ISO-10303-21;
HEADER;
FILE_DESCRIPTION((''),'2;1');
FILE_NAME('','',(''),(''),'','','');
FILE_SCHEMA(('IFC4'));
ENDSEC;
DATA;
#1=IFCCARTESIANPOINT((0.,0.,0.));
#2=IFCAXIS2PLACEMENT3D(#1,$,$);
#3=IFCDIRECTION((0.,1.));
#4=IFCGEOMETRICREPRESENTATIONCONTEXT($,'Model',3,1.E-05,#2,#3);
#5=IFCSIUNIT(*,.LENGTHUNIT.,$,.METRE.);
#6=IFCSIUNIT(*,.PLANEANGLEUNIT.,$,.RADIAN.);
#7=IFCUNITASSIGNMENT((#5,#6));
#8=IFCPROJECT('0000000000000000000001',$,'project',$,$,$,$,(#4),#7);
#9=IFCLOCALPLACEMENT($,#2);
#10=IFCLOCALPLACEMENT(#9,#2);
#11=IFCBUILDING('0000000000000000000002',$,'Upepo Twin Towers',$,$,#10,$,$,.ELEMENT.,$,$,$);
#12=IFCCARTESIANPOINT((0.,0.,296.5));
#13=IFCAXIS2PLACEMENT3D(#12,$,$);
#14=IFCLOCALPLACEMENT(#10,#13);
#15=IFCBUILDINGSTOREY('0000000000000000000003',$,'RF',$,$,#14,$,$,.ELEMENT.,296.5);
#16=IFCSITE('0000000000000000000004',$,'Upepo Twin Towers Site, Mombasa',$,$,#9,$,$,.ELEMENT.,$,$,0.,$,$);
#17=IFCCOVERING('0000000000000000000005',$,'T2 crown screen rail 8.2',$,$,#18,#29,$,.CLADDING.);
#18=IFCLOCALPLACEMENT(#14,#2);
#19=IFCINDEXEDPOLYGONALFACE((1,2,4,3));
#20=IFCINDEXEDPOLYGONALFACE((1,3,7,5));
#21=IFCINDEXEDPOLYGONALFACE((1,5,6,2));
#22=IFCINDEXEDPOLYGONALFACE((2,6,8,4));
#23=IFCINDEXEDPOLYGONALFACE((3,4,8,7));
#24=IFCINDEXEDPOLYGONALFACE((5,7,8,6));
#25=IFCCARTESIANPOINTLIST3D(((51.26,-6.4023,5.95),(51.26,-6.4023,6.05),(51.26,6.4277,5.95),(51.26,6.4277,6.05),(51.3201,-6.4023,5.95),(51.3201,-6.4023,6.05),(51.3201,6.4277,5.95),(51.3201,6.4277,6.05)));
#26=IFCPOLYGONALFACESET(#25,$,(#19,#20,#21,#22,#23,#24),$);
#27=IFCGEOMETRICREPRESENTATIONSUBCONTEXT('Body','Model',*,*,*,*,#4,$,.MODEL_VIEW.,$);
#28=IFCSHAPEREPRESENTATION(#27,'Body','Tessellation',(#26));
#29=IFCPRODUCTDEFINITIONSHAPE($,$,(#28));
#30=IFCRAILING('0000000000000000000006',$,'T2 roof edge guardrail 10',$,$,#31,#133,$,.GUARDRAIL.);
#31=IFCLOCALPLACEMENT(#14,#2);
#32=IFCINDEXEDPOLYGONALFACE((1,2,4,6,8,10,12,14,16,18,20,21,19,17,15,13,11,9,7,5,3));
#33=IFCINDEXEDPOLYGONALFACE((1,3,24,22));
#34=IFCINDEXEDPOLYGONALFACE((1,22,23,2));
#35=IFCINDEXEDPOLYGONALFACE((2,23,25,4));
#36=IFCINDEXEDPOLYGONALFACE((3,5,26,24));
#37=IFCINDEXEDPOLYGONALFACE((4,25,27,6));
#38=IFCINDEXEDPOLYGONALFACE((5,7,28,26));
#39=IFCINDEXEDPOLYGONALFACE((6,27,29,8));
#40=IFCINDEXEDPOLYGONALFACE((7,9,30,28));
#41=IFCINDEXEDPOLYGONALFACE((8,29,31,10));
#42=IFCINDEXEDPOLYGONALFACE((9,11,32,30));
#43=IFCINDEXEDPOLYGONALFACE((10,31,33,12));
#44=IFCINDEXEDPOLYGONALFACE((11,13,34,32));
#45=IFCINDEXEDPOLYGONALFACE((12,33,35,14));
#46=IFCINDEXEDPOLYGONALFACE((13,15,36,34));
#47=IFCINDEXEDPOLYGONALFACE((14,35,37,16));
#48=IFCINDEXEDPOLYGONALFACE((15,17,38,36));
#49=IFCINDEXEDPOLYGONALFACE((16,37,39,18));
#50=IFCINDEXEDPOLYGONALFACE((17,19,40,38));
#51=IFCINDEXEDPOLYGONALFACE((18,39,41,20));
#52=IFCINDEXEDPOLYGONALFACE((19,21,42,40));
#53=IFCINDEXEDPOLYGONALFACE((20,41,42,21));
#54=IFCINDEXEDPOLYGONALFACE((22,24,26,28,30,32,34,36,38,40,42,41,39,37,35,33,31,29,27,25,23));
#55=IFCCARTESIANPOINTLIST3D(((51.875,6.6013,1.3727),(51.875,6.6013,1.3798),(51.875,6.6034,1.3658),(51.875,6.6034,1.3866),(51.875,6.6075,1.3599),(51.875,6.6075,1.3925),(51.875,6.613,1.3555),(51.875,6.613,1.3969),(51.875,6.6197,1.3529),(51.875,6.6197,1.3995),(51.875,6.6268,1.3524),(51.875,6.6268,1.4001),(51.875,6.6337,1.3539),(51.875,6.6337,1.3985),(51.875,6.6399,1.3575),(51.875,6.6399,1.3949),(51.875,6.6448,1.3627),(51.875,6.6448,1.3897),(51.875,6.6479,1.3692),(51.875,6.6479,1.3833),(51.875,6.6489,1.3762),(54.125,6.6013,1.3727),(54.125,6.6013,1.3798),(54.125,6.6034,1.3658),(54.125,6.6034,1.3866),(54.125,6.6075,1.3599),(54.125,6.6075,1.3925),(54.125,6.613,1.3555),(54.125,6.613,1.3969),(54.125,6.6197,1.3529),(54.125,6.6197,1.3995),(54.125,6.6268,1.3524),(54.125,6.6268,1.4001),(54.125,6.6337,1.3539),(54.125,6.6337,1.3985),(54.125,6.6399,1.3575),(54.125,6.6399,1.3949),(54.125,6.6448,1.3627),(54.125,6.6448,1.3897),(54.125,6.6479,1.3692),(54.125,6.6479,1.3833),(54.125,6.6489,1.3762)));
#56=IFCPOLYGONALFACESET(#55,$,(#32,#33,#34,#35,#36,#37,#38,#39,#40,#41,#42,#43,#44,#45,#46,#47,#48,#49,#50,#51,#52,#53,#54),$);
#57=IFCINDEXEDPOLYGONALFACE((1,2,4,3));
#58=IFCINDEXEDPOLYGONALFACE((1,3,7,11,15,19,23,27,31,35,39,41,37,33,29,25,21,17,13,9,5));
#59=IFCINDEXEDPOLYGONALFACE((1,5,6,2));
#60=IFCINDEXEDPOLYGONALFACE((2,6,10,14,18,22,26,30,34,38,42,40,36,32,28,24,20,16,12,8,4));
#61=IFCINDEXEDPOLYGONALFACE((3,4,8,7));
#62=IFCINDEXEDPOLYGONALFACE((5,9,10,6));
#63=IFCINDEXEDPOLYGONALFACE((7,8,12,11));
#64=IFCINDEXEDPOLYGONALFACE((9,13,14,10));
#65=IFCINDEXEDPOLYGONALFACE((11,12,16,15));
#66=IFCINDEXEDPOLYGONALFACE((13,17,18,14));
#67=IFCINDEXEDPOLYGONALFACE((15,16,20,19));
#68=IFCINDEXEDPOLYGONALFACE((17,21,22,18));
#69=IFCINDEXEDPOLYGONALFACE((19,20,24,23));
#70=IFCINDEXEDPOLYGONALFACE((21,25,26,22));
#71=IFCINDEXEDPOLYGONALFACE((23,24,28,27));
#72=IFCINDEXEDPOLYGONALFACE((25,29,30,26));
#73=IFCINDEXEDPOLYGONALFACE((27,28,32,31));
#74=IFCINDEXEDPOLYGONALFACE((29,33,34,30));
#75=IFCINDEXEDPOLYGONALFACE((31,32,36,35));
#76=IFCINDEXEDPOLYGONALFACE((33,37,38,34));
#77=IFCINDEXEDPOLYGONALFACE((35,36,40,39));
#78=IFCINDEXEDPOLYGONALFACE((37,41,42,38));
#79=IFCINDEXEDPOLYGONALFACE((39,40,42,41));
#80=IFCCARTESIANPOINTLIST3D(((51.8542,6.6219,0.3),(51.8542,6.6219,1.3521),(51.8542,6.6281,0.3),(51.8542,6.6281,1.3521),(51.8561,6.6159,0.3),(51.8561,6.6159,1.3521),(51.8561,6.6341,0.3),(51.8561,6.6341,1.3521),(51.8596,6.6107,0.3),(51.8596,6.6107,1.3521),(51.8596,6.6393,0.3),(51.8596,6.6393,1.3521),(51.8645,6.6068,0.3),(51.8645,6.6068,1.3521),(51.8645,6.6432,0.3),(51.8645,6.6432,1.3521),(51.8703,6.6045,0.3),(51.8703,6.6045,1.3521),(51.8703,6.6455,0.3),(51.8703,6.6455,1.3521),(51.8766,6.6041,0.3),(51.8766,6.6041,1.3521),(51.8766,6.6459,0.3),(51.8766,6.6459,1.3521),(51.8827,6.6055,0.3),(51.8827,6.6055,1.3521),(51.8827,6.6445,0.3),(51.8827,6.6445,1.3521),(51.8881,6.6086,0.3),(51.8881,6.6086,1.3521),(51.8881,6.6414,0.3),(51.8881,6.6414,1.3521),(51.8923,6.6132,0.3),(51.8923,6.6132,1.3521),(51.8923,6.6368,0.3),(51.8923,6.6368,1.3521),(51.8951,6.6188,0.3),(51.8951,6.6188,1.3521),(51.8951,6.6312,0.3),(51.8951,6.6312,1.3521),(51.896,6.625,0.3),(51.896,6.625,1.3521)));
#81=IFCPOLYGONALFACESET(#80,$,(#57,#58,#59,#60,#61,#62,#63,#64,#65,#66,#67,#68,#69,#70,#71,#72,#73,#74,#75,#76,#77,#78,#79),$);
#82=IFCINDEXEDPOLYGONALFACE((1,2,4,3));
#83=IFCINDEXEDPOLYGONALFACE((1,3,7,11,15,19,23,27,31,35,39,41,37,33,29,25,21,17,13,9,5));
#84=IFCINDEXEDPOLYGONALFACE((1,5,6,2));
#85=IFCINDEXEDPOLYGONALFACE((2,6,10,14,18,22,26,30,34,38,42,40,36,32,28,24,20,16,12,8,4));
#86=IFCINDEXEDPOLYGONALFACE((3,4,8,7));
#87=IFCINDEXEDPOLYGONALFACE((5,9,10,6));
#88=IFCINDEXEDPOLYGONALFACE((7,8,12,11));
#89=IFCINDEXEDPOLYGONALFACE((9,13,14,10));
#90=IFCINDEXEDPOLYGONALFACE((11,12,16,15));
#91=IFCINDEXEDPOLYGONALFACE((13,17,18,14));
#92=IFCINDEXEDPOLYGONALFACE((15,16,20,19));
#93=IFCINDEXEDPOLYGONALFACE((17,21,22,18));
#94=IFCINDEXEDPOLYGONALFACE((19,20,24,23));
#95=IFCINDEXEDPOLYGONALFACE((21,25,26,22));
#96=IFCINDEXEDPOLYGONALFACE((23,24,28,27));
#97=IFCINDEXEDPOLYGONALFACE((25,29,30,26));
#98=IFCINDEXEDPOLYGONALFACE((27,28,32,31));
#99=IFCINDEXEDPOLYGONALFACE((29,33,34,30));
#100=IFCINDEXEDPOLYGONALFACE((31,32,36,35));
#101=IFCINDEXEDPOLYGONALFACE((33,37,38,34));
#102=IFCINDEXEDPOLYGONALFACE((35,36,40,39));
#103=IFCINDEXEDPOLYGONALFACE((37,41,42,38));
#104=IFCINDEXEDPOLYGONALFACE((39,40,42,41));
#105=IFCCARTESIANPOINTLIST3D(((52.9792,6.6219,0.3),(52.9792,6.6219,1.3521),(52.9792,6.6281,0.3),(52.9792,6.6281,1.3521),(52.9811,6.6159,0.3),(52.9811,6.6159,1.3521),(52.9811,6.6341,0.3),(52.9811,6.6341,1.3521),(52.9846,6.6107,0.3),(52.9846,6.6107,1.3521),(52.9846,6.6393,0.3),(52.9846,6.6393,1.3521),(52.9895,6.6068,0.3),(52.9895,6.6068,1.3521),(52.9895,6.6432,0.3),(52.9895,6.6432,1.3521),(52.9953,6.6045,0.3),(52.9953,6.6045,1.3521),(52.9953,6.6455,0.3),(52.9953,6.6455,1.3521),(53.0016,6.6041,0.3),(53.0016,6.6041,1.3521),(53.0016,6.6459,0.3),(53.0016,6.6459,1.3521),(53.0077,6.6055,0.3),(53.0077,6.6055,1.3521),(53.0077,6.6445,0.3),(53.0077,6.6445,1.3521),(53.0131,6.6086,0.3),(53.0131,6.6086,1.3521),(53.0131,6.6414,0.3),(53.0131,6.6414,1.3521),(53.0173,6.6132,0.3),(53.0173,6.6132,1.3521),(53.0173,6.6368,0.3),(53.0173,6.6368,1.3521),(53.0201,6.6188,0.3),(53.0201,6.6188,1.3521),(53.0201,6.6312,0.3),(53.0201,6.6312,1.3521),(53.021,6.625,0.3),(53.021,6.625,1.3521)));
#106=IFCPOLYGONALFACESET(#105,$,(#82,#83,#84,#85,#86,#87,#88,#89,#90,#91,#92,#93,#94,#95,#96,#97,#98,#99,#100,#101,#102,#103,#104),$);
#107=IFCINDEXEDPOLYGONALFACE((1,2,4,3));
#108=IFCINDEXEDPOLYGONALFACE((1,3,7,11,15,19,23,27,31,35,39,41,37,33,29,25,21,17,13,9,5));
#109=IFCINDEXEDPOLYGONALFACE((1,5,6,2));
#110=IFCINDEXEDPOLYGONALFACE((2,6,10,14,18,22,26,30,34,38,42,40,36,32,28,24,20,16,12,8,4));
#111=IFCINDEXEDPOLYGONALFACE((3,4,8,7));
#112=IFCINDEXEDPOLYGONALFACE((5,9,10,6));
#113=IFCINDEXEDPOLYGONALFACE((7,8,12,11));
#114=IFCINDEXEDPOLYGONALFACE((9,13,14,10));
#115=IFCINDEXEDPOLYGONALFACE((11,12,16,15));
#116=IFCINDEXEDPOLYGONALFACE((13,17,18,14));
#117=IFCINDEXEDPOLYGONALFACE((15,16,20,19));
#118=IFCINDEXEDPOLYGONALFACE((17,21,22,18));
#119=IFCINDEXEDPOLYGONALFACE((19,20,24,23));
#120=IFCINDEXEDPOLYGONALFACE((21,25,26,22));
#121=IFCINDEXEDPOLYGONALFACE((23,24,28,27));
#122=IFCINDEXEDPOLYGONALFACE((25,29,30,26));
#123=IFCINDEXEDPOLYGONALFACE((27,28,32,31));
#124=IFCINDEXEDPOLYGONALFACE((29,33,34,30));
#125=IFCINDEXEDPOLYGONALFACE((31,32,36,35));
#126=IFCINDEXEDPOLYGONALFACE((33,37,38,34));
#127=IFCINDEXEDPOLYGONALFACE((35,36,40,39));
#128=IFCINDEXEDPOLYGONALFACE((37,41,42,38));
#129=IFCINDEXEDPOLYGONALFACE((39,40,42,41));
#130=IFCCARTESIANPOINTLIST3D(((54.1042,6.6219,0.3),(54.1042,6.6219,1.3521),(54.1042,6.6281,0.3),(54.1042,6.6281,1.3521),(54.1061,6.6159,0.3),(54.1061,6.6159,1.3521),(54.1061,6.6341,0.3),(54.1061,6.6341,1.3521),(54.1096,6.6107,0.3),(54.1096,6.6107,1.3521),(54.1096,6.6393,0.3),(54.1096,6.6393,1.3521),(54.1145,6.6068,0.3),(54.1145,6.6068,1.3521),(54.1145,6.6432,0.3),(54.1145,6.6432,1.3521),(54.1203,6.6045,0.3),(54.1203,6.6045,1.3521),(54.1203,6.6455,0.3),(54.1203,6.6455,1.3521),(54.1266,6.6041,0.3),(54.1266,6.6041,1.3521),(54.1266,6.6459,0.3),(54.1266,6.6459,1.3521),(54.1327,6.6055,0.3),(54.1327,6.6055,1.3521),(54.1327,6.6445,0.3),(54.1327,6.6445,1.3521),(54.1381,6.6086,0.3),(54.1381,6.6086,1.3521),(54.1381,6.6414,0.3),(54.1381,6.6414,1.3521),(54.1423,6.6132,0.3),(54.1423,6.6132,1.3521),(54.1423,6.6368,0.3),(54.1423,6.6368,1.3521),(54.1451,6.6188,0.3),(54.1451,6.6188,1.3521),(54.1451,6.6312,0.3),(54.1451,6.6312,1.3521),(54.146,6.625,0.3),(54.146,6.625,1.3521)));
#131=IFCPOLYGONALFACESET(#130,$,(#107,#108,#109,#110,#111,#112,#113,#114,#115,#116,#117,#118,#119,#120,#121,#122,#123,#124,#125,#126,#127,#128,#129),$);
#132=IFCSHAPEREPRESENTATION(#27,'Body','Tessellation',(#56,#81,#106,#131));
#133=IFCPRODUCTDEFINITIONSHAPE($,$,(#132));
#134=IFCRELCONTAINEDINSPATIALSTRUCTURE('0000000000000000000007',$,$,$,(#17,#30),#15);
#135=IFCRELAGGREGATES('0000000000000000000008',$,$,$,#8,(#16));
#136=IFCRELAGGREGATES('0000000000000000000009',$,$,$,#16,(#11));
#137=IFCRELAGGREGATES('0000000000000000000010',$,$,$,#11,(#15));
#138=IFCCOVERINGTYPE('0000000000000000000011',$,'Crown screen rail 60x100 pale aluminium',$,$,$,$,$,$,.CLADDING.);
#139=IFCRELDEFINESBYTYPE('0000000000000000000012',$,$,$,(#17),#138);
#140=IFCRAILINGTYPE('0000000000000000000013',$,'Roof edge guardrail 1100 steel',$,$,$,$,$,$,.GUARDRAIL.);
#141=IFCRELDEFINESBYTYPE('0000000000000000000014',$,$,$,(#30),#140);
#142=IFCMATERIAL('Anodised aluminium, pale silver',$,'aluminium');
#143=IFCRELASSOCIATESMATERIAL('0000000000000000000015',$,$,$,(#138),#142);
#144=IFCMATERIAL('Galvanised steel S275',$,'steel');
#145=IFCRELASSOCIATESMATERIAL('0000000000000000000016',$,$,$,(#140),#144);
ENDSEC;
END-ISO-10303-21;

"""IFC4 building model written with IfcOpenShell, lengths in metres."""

from ifc_helpers import new_model, si_unit, direction, frame, origin, origin_2d, place, context, subcontext, project, spatial, rectangle, circle, extrude, material, type_object, element, save


model = new_model("IFC4")

# Units and contexts
model_context = context("Model", 3, precision=1e-05, world=origin(), true_north=direction((0.0, 1.0)))
body_context = subcontext(model_context, "Body", "Model", "MODEL_VIEW")
ifc_project = project(units=[si_unit("LENGTHUNIT", "METRE"), si_unit("PLANEANGLEUNIT", "RADIAN")], contexts=[model_context])

# Site, building, storey
site_placement = place(None, origin())
site = spatial("IfcSite", under=ifc_project, at=site_placement, Name="Upepo Twin Towers Site, Mombasa", CompositionType="ELEMENT", RefElevation=0.0)
building_placement = place(site_placement, origin())
building = spatial("IfcBuilding", under=site, at=building_placement, Name="Upepo Twin Towers", CompositionType="ELEMENT")
storey_placement = place(building_placement, frame((0.0, 0.0, 296.5)))
storey = spatial("IfcBuildingStorey", under=building, at=storey_placement, Name="RF", CompositionType="ELEMENT", Elevation=296.5)

# Covering
ifc_material_1 = material(Name="Anodised aluminium, pale silver", Category="aluminium")
covering_type_1 = type_object("IfcCoveringType", Name="Crown screen rail 60x100 pale aluminium", PredefinedType="CLADDING", material=ifc_material_1)
for number, where, z_axis, x_axis, name in (
    (1, (51.29, 0.0127, 5.95), (0.0, 0.0, 1.0), (0.0, -1.0, 0.0), "T2 crown screen rail 8.2"),
):
    element("IfcCovering", number, at=place(storey_placement, frame(where, z_axis=z_axis, x_axis=x_axis)), inside=storey, type_object=covering_type_1, Name=name, PredefinedType="CLADDING", context=body_context, shape_type="SweptSolid", body=[
        extrude(rectangle(XDim=12.8301, YDim=0.0601, at=origin_2d()), origin(), (0.0, 0.0, 1.0), 0.1001),
    ])

# Railing
ifc_material_2 = material(Name="Galvanised steel S275", Category="steel")
railing_type = type_object("IfcRailingType", Name="Roof edge guardrail 1100 steel", PredefinedType="GUARDRAIL", material=ifc_material_2)
railing_1_placement = place(storey_placement, frame((51.875, 6.625, 0.3)))
element("IfcRailing", 2, at=railing_1_placement, inside=storey, type_object=railing_type, Name="T2 roof edge guardrail 10", PredefinedType="GUARDRAIL", context=body_context, shape_type="SweptSolid", body=[
    extrude(circle(Radius=0.0239, at=origin_2d()), frame((0.0, 0.0, 1.0762), z_axis=(1.0, 0.0, 0.0), x_axis=(0.0, 1.0, 0.0)), (0.0, 0.0, 1.0), 2.25),
    extrude(circle(Radius=0.021, at=origin_2d()), origin(), (0.0, 0.0, 1.0), 1.052),
    extrude(circle(Radius=0.021, at=origin_2d()), frame((1.125, 0.0, 0.0)), (0.0, 0.0, 1.0), 1.052),
    extrude(circle(Radius=0.021, at=origin_2d()), frame((2.25, 0.0, 0.0)), (0.0, 0.0, 1.0), 1.052),
])

save(model, "model.ifc")
